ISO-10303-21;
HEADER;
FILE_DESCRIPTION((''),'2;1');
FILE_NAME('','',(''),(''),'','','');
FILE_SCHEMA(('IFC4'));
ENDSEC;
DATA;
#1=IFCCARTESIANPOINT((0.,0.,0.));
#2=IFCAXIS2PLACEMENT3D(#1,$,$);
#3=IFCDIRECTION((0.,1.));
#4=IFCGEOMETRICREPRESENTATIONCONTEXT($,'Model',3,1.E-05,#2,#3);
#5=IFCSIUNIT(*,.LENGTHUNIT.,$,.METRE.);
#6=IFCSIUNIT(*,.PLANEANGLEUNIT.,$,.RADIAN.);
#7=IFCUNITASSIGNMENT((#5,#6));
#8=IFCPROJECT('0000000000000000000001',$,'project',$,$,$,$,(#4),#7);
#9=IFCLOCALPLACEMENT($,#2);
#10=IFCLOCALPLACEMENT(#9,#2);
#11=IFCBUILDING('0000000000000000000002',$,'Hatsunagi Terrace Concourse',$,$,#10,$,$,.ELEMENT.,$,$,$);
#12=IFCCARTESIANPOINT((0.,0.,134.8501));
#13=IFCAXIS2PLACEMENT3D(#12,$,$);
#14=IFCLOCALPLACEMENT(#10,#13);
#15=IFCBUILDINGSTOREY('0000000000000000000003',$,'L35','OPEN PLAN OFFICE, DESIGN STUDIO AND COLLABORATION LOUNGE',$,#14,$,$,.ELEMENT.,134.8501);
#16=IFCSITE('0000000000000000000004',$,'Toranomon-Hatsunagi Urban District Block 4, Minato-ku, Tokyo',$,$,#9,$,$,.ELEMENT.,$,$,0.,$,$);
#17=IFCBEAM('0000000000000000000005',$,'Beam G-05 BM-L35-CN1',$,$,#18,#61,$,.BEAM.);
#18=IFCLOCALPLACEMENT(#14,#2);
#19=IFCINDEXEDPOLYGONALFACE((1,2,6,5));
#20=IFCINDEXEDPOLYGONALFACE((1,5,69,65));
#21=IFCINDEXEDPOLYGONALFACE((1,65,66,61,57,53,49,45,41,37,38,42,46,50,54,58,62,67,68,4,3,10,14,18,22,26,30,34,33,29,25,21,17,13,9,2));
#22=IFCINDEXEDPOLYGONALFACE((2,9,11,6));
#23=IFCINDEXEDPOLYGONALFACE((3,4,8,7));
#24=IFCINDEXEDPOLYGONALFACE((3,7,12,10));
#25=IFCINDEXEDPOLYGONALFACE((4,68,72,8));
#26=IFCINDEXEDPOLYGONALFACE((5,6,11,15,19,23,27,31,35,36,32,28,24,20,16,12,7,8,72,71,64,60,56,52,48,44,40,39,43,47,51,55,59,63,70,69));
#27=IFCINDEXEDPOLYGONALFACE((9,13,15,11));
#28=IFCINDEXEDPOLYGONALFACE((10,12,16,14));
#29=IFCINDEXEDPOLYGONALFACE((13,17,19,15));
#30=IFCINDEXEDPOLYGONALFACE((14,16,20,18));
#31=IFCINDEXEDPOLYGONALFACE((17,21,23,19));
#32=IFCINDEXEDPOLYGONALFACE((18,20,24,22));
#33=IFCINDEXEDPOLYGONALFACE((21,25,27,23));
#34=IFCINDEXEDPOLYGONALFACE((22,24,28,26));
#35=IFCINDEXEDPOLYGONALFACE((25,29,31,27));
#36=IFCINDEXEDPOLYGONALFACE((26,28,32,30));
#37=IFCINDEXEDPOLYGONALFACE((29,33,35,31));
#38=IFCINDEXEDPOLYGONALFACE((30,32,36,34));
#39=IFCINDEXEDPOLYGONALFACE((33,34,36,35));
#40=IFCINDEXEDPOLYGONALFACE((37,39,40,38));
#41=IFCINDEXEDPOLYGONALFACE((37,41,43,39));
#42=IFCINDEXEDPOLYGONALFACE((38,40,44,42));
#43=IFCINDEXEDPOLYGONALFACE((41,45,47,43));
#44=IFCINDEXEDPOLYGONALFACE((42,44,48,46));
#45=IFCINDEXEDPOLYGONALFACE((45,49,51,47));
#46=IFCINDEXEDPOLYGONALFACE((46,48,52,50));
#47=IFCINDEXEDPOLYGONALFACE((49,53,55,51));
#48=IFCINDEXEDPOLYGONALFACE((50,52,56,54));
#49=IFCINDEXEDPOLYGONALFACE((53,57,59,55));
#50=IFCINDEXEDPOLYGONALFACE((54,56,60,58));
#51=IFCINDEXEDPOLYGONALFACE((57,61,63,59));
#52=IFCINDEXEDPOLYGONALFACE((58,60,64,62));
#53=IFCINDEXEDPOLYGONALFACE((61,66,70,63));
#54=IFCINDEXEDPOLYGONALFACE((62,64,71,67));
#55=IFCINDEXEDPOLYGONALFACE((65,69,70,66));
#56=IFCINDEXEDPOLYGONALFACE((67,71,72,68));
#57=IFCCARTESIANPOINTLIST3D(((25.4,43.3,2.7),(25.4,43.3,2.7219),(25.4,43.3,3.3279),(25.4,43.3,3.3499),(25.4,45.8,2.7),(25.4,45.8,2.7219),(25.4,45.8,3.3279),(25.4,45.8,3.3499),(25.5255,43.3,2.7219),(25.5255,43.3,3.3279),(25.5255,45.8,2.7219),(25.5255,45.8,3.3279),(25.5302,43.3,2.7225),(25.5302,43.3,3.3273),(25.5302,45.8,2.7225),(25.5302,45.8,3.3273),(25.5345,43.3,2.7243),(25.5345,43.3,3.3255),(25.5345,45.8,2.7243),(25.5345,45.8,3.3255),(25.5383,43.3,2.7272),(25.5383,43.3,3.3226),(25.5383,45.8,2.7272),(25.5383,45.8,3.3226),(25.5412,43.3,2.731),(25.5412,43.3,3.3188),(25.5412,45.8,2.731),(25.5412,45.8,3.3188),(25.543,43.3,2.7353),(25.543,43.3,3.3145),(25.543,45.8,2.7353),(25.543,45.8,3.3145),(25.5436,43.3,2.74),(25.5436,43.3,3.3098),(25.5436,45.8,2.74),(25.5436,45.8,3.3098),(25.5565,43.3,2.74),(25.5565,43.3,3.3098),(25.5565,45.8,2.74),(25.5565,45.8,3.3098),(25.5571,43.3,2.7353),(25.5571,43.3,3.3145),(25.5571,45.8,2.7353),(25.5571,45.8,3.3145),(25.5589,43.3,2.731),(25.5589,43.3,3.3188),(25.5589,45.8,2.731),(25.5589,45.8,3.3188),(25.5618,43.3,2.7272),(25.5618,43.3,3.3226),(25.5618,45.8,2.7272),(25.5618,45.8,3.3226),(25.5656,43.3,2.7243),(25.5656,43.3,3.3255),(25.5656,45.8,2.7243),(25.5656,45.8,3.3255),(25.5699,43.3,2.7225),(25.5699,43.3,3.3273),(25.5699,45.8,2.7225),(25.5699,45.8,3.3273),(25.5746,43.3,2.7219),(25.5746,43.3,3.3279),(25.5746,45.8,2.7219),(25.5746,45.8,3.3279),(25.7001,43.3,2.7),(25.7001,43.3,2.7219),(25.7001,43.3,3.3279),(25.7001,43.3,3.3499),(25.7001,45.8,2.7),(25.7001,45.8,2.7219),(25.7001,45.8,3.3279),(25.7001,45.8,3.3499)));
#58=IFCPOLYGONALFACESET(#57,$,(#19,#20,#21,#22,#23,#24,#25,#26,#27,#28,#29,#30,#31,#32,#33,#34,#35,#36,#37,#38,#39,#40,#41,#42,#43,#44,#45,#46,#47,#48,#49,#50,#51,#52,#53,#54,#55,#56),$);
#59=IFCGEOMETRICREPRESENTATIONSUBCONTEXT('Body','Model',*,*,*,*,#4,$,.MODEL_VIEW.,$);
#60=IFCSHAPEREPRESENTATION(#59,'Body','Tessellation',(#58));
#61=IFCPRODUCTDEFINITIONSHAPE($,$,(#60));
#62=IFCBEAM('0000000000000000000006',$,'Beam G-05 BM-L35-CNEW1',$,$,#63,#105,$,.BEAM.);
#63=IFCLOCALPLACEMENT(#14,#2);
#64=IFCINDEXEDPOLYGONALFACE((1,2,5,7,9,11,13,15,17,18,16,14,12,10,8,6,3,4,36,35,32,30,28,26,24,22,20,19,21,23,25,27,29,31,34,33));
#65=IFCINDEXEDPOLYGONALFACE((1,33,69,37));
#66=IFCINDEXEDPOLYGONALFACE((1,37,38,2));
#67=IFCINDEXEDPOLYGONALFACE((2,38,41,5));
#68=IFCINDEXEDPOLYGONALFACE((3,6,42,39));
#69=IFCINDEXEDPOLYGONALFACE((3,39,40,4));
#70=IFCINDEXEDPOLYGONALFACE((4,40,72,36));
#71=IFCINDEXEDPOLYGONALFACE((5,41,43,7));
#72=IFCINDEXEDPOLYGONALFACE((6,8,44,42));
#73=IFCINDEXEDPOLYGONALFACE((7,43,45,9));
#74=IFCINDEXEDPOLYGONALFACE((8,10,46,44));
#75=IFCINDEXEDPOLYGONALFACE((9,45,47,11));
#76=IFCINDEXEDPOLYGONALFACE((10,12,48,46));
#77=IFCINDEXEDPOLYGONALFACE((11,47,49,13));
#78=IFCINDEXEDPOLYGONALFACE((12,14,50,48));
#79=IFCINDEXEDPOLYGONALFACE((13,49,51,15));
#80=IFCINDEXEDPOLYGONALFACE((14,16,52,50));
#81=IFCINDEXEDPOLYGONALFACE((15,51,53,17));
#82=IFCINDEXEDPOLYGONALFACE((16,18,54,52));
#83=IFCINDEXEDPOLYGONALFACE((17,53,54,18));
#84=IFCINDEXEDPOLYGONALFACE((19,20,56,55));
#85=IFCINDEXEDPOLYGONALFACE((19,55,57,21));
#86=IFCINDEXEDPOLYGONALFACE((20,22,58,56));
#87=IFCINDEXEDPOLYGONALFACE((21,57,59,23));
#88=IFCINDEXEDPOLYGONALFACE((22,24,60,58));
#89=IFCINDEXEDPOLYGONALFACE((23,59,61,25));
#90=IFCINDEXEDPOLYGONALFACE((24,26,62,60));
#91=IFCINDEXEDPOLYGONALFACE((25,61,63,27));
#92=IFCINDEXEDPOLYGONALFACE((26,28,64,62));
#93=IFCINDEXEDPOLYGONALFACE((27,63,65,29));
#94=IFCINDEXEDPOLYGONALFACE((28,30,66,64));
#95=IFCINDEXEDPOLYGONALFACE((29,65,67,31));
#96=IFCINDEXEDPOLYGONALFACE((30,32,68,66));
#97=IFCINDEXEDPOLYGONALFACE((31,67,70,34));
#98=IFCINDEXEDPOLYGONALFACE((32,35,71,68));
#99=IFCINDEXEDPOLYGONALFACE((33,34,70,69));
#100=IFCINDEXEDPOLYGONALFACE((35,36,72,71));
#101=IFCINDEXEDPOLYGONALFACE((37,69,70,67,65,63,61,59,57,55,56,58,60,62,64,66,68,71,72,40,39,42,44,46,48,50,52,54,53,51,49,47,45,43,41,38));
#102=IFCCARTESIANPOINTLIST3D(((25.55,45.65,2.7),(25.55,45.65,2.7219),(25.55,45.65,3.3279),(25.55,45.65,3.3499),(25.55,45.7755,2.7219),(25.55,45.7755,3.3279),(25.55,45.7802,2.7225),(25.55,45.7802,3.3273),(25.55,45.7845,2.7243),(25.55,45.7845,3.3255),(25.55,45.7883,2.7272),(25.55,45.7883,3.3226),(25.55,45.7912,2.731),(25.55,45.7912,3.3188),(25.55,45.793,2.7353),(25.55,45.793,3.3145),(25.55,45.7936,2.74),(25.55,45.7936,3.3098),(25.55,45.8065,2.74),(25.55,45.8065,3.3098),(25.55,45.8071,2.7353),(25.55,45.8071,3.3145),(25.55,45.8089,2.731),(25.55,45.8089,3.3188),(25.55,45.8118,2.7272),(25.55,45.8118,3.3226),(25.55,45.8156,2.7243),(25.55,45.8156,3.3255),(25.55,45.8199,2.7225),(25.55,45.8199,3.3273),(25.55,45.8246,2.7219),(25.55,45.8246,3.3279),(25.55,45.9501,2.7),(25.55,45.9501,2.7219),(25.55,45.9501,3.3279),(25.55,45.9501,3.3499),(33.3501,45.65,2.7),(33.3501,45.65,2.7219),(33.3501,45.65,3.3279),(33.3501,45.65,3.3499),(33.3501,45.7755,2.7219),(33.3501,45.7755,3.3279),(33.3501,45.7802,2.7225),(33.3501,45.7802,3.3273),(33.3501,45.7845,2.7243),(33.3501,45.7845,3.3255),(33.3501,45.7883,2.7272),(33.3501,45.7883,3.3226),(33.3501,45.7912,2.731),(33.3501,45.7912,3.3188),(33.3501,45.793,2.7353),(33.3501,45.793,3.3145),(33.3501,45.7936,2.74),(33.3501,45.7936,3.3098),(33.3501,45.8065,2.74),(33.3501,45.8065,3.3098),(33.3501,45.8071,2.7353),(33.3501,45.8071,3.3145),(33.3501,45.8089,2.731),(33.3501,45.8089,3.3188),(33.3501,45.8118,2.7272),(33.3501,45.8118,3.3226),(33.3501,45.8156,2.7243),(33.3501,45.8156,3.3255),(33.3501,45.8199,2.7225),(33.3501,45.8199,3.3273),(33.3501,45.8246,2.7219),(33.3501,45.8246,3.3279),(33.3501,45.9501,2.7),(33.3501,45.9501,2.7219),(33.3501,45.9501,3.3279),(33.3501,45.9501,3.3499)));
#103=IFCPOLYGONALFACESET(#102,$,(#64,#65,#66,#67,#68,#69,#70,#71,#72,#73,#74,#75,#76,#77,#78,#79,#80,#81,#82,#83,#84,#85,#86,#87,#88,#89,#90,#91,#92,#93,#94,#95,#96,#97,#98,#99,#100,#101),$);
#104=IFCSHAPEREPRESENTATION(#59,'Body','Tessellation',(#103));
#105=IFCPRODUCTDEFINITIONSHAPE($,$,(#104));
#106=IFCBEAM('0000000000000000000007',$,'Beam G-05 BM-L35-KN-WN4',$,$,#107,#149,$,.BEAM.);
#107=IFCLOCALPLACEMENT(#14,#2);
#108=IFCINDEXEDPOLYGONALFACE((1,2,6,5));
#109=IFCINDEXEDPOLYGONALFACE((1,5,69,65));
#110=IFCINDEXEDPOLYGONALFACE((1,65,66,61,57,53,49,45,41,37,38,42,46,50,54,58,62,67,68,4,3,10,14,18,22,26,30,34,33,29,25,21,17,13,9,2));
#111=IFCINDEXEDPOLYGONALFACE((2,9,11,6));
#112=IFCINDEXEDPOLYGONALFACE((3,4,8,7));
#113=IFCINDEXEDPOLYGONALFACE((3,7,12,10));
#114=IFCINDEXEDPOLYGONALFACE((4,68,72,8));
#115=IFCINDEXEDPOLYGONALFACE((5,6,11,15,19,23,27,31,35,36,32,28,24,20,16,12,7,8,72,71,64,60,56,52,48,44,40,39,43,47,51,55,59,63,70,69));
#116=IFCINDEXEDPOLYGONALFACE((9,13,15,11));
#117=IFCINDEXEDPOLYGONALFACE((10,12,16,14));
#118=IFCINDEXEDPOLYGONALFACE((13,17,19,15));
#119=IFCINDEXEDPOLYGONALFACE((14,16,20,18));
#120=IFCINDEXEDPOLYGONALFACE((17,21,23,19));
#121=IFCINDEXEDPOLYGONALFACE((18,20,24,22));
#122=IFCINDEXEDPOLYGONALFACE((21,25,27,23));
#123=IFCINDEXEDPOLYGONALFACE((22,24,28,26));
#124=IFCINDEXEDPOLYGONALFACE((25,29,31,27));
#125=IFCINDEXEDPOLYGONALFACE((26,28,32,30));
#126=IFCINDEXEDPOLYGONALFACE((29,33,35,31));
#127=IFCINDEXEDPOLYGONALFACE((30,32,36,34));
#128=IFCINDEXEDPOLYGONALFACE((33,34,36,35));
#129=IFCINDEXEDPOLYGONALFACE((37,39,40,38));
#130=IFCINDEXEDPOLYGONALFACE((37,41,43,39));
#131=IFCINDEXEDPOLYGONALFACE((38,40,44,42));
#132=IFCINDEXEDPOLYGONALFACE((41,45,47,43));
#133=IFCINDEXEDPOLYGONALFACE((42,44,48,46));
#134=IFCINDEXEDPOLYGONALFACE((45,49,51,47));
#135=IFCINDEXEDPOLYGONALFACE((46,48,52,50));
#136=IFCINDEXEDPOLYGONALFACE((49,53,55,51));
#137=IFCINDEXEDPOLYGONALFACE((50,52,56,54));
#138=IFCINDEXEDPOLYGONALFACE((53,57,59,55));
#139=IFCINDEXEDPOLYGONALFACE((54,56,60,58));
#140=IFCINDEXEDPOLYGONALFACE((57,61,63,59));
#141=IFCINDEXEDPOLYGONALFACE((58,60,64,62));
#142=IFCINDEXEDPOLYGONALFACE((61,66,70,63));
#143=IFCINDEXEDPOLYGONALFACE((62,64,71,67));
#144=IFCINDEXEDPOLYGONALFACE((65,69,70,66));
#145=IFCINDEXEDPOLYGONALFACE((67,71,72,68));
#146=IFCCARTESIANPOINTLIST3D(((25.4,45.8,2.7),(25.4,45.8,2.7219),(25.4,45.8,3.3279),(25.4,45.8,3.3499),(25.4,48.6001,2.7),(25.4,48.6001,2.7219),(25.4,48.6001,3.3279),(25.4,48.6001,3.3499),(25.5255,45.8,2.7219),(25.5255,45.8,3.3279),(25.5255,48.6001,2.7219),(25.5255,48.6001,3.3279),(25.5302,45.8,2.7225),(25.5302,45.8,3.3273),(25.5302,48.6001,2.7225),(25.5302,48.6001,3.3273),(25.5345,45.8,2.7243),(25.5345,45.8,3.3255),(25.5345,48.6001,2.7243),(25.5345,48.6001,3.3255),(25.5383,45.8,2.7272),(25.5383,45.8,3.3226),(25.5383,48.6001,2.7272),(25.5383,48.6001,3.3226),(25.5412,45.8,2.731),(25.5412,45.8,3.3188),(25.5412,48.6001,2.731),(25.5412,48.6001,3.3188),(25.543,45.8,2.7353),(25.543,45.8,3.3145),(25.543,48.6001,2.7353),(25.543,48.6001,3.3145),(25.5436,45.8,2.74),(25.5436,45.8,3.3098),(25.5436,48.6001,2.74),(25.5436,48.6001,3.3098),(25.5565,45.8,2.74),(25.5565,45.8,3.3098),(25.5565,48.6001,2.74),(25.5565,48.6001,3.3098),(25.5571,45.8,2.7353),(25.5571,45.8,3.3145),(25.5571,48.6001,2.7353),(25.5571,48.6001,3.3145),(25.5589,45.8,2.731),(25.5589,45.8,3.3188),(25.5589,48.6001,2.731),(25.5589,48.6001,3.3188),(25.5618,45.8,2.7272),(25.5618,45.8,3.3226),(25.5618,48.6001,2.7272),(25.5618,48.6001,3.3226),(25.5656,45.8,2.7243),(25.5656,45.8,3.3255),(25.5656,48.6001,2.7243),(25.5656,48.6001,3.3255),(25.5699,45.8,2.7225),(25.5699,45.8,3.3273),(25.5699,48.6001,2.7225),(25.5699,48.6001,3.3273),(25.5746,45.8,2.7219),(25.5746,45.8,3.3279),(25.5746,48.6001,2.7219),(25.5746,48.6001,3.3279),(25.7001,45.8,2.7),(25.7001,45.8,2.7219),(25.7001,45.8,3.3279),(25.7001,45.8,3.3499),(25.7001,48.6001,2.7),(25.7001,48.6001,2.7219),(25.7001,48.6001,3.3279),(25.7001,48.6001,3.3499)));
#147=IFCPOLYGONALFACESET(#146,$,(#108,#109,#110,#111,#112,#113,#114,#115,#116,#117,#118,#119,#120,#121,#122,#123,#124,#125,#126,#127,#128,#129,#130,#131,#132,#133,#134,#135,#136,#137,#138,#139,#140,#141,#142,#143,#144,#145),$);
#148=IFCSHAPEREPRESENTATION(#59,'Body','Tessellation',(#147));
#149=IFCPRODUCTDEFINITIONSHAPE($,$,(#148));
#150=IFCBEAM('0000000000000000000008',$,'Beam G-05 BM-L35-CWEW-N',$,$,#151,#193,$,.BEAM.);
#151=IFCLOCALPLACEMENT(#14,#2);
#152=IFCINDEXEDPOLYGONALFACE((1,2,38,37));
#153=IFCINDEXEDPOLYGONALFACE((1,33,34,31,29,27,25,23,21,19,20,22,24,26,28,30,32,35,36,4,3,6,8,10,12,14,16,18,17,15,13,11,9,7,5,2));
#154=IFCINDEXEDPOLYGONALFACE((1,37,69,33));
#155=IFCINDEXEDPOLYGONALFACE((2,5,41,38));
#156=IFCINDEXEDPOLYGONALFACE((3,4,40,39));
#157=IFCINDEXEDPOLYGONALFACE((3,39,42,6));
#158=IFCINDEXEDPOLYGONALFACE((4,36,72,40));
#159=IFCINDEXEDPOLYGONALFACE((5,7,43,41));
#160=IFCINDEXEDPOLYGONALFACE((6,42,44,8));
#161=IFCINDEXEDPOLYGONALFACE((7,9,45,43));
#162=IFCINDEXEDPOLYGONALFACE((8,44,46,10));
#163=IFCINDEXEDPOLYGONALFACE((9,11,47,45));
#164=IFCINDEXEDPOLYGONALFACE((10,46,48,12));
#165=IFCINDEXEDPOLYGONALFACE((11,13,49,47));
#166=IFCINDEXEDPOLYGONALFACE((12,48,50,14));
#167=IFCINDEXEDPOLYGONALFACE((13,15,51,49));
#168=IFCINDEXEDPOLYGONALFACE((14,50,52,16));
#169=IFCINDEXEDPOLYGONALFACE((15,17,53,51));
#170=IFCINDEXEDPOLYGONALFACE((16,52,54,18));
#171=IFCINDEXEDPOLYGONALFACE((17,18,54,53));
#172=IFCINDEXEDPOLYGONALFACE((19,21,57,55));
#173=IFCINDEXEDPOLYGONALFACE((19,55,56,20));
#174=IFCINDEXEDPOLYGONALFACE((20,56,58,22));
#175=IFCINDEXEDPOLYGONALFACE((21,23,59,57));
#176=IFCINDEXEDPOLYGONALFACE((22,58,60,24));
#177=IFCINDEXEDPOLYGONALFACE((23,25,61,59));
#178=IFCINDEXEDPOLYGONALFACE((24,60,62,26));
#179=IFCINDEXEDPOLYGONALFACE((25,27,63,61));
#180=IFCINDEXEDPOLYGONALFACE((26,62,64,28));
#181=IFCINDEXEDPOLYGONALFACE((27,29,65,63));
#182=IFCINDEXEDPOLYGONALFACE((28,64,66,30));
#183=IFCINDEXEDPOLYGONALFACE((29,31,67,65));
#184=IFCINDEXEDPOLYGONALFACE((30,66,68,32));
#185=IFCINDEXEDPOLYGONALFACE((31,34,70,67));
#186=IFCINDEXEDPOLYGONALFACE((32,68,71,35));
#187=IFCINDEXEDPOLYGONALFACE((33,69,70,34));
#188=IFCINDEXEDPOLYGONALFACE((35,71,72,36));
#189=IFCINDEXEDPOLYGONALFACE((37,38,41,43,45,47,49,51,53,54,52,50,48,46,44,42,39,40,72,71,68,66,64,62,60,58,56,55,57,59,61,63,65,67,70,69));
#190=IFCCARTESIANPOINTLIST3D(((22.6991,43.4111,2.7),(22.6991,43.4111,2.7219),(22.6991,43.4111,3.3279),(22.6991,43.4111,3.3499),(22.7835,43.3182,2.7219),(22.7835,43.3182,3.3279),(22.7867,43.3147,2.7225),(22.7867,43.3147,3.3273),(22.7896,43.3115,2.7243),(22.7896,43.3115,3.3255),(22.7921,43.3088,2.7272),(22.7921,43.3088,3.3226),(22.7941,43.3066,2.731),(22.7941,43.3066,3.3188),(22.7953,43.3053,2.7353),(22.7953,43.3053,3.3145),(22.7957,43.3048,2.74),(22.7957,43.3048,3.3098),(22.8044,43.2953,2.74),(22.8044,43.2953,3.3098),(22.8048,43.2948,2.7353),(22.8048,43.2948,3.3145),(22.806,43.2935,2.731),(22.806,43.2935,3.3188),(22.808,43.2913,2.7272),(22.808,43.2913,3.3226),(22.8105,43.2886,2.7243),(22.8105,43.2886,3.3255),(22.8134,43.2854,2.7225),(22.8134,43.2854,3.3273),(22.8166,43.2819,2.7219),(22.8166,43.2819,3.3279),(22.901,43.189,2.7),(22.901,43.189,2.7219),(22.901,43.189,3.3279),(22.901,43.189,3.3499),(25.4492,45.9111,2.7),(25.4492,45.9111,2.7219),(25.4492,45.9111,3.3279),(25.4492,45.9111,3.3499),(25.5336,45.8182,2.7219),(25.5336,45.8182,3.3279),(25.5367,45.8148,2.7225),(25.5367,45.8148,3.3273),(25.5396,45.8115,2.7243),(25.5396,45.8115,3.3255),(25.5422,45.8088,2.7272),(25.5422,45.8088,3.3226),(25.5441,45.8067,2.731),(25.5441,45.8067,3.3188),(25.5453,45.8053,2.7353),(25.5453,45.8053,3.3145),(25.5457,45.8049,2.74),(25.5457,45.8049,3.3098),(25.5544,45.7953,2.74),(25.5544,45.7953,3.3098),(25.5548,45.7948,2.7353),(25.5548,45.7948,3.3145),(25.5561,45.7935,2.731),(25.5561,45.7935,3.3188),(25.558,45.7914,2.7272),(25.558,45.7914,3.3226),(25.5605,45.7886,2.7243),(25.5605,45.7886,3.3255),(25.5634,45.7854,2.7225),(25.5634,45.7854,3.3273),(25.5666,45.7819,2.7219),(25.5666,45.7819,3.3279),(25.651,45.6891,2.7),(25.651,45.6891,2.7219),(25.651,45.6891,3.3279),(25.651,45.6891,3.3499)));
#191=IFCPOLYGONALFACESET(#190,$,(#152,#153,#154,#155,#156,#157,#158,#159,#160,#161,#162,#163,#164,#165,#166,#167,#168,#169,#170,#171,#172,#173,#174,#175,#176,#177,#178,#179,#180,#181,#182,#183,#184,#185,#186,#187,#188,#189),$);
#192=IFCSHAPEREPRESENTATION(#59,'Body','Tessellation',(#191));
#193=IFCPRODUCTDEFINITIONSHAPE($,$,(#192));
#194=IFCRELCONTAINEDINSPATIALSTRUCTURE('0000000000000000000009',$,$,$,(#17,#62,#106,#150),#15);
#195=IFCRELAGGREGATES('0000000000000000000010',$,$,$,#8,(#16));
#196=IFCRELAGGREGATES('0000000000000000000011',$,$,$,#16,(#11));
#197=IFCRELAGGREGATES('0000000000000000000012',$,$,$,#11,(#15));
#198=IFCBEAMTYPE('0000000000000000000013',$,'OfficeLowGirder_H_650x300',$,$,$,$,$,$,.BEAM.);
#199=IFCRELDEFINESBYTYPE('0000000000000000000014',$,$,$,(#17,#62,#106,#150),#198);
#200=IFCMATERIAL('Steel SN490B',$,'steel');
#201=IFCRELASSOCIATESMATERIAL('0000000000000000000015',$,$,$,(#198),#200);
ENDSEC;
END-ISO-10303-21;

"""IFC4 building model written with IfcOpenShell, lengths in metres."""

from ifc_helpers import new_model, si_unit, direction, frame, origin, origin_2d, place, context, subcontext, project, spatial, i_section, extrude, material, material_profile, profile_set, type_object, element, save


model = new_model("IFC4")

# Units and contexts
model_context = context("Model", 3, precision=1e-05, world=origin(), true_north=direction((0.0, 1.0)))
body_context = subcontext(model_context, "Body", "Model", "MODEL_VIEW")
ifc_project = project(units=[si_unit("LENGTHUNIT", "METRE"), si_unit("PLANEANGLEUNIT", "RADIAN")], contexts=[model_context])

# Site, building, storey
site_placement = place(None, origin())
site = spatial("IfcSite", under=ifc_project, at=site_placement, Name="Toranomon-Hatsunagi Urban District Block 4, Minato-ku, Tokyo", CompositionType="ELEMENT", RefElevation=0.0)
building_placement = place(site_placement, origin())
building = spatial("IfcBuilding", under=site, at=building_placement, Name="Hatsunagi Terrace Concourse", CompositionType="ELEMENT")
storey_placement = place(building_placement, frame((0.0, 0.0, 134.8501)))
storey = spatial("IfcBuildingStorey", under=building, at=storey_placement, Name="L35", Description="OPEN PLAN OFFICE, DESIGN STUDIO AND COLLABORATION LOUNGE", CompositionType="ELEMENT", Elevation=134.8501)

# Beams
ifc_material_1 = material(Name="Steel SN490B", Category="steel")
ifc_material_profile_1 = material_profile(ifc_material_1, i_section(OverallWidth=0.3, OverallDepth=0.6499, WebThickness=0.0129, FlangeThickness=0.022, FilletRadius=0.0181, at=origin_2d()), Name="H-650x300x13x22")
ifc_profile_set_1 = profile_set([ifc_material_profile_1], Name="Steel SN490B")
beam_type_1 = type_object("IfcBeamType", Name="OfficeLowGirder_H_650x300", PredefinedType="BEAM", material=ifc_profile_set_1)
beam_1_placement = place(storey_placement, frame((25.55, 43.3, 3.0249), z_axis=(0.0, 1.0, 0.0), x_axis=(-1.0, 0.0, 0.0)))
element("IfcBeam", 1, at=beam_1_placement, inside=storey, type_object=beam_type_1, Name="Beam G-05 BM-L35-CN1", PredefinedType="BEAM", context=body_context, shape_type="SweptSolid", body=[
    extrude(i_section(OverallWidth=0.3, OverallDepth=0.6499, WebThickness=0.0129, FlangeThickness=0.022, FilletRadius=0.0181, at=origin_2d()), origin(), (0.0, 0.0, 1.0), 2.5),
])
beam_2_placement = place(storey_placement, frame((25.55, 45.8, 3.0249), z_axis=(1.0, 0.0, 0.0), x_axis=(0.0, 1.0, 0.0)))
element("IfcBeam", 2, at=beam_2_placement, inside=storey, type_object=beam_type_1, Name="Beam G-05 BM-L35-CNEW1", PredefinedType="BEAM", context=body_context, shape_type="SweptSolid", body=[
    extrude(i_section(OverallWidth=0.3, OverallDepth=0.6499, WebThickness=0.0129, FlangeThickness=0.022, FilletRadius=0.0181, at=origin_2d()), origin(), (0.0, 0.0, 1.0), 7.8),
])
beam_3_placement = place(storey_placement, frame((25.55, 45.8, 3.0249), z_axis=(0.0, 1.0, 0.0), x_axis=(-1.0, 0.0, 0.0)))
element("IfcBeam", 3, at=beam_3_placement, inside=storey, type_object=beam_type_1, Name="Beam G-05 BM-L35-KN-WN4", PredefinedType="BEAM", context=body_context, shape_type="SweptSolid", body=[
    extrude(i_section(OverallWidth=0.3, OverallDepth=0.6499, WebThickness=0.0129, FlangeThickness=0.022, FilletRadius=0.0181, at=origin_2d()), origin(), (0.0, 0.0, 1.0), 2.8),
])
beam_4_placement = place(storey_placement, frame((22.8, 43.3, 3.0249), z_axis=(0.73994, 0.672673, 0.0), x_axis=(-0.672673, 0.73994, 0.0)))
element("IfcBeam", 4, at=beam_4_placement, inside=storey, type_object=beam_type_1, Name="Beam G-05 BM-L35-CWEW-N", PredefinedType="BEAM", context=body_context, shape_type="SweptSolid", body=[
    extrude(i_section(OverallWidth=0.3, OverallDepth=0.6499, WebThickness=0.0129, FlangeThickness=0.022, FilletRadius=0.0181, at=origin_2d()), origin(), (0.0, 0.0, 1.0), 3.7166),
])

save(model, "model.ifc")
